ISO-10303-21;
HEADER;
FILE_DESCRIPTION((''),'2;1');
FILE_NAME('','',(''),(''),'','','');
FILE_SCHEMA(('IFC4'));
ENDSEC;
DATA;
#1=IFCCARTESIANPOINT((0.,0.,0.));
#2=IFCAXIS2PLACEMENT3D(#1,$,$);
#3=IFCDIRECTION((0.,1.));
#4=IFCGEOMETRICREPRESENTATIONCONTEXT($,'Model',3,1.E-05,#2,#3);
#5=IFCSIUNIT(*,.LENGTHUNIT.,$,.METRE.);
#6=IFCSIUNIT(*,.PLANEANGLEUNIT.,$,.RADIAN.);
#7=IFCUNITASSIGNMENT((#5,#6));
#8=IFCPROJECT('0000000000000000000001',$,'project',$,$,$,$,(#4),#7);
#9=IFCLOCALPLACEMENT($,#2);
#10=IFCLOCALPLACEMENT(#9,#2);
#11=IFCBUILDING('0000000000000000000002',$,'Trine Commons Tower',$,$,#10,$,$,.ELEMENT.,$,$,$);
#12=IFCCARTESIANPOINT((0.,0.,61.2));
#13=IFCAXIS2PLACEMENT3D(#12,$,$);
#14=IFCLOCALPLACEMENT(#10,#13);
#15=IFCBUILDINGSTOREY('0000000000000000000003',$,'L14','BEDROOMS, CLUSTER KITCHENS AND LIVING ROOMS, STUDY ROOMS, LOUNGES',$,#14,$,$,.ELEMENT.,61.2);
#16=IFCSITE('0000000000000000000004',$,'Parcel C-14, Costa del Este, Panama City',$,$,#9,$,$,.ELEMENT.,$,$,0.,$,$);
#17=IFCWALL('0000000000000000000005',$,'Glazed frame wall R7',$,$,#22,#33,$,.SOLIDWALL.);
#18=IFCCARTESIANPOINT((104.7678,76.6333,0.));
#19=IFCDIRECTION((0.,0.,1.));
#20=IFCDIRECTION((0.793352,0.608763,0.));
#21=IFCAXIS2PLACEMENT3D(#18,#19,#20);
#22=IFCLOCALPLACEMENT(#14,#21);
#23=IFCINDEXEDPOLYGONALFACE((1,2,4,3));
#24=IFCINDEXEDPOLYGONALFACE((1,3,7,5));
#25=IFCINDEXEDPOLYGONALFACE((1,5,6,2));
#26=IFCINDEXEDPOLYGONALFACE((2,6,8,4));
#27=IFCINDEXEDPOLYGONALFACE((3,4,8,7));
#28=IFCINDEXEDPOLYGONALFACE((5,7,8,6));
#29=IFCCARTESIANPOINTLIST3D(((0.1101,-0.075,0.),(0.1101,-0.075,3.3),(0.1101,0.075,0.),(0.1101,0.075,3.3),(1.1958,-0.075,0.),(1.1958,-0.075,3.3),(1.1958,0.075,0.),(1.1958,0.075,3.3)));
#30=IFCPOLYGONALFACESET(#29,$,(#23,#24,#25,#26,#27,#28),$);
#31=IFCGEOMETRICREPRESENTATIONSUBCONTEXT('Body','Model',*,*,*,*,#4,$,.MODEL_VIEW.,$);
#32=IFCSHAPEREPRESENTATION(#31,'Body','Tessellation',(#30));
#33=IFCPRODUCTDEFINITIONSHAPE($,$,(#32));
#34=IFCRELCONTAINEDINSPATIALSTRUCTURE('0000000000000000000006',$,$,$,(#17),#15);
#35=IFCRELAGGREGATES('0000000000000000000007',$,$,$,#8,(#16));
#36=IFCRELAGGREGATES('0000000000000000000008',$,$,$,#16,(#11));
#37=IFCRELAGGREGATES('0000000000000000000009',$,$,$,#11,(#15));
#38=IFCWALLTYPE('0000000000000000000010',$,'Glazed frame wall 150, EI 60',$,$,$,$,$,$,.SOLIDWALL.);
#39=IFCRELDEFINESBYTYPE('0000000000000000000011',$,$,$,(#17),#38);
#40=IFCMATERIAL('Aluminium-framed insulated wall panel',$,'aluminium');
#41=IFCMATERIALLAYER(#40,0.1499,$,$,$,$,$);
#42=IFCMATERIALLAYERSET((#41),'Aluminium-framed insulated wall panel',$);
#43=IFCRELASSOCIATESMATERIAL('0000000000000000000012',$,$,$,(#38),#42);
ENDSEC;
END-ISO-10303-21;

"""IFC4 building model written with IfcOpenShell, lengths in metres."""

from ifc_helpers import new_model, si_unit, direction, frame, origin, place, context, subcontext, project, spatial, polyline, outline, extrude, material, layer, layer_set, type_object, element, save


model = new_model("IFC4")

# Units and contexts
model_context = context("Model", 3, precision=1e-05, world=origin(), true_north=direction((0.0, 1.0)))
body_context = subcontext(model_context, "Body", "Model", "MODEL_VIEW")
ifc_project = project(units=[si_unit("LENGTHUNIT", "METRE"), si_unit("PLANEANGLEUNIT", "RADIAN")], contexts=[model_context])

# Site, building, storey
site_placement = place(None, origin())
site = spatial("IfcSite", under=ifc_project, at=site_placement, Name="Parcel C-14, Costa del Este, Panama City", CompositionType="ELEMENT", RefElevation=0.0)
building_placement = place(site_placement, origin())
building = spatial("IfcBuilding", under=site, at=building_placement, Name="Trine Commons Tower", CompositionType="ELEMENT")
storey_placement = place(building_placement, frame((0.0, 0.0, 61.2)))
storey = spatial("IfcBuildingStorey", under=building, at=storey_placement, Name="L14", Description="BEDROOMS, CLUSTER KITCHENS AND LIVING ROOMS, STUDY ROOMS, LOUNGES", CompositionType="ELEMENT", Elevation=61.2)

# Wall
ifc_material_1 = material(Name="Aluminium-framed insulated wall panel", Category="aluminium")
ifc_layer_1 = layer(ifc_material_1, 0.1499)
ifc_layer_set_1 = layer_set([ifc_layer_1], Name="Aluminium-framed insulated wall panel")
wall_type_1 = type_object("IfcWallType", Name="Glazed frame wall 150, EI 60", PredefinedType="SOLIDWALL", material=ifc_layer_set_1)
wall_1_placement = place(storey_placement, frame((104.7678, 76.6333, 0.0), z_axis=(0.0, 0.0, 1.0), x_axis=(0.793352, 0.608763, 0.0)))
element("IfcWall", 1, at=wall_1_placement, inside=storey, type_object=wall_type_1, Name="Glazed frame wall R7", PredefinedType="SOLIDWALL", context=body_context, shape_type="SweptSolid", body=[
    extrude(outline(polyline([(0.1101, 0.075), (0.1101, -0.075), (1.1958, -0.075), (1.1958, 0.075), (0.1101, 0.075)])), origin(), (0.0, 0.0, 1.0), 3.3),
])

save(model, "model.ifc")
